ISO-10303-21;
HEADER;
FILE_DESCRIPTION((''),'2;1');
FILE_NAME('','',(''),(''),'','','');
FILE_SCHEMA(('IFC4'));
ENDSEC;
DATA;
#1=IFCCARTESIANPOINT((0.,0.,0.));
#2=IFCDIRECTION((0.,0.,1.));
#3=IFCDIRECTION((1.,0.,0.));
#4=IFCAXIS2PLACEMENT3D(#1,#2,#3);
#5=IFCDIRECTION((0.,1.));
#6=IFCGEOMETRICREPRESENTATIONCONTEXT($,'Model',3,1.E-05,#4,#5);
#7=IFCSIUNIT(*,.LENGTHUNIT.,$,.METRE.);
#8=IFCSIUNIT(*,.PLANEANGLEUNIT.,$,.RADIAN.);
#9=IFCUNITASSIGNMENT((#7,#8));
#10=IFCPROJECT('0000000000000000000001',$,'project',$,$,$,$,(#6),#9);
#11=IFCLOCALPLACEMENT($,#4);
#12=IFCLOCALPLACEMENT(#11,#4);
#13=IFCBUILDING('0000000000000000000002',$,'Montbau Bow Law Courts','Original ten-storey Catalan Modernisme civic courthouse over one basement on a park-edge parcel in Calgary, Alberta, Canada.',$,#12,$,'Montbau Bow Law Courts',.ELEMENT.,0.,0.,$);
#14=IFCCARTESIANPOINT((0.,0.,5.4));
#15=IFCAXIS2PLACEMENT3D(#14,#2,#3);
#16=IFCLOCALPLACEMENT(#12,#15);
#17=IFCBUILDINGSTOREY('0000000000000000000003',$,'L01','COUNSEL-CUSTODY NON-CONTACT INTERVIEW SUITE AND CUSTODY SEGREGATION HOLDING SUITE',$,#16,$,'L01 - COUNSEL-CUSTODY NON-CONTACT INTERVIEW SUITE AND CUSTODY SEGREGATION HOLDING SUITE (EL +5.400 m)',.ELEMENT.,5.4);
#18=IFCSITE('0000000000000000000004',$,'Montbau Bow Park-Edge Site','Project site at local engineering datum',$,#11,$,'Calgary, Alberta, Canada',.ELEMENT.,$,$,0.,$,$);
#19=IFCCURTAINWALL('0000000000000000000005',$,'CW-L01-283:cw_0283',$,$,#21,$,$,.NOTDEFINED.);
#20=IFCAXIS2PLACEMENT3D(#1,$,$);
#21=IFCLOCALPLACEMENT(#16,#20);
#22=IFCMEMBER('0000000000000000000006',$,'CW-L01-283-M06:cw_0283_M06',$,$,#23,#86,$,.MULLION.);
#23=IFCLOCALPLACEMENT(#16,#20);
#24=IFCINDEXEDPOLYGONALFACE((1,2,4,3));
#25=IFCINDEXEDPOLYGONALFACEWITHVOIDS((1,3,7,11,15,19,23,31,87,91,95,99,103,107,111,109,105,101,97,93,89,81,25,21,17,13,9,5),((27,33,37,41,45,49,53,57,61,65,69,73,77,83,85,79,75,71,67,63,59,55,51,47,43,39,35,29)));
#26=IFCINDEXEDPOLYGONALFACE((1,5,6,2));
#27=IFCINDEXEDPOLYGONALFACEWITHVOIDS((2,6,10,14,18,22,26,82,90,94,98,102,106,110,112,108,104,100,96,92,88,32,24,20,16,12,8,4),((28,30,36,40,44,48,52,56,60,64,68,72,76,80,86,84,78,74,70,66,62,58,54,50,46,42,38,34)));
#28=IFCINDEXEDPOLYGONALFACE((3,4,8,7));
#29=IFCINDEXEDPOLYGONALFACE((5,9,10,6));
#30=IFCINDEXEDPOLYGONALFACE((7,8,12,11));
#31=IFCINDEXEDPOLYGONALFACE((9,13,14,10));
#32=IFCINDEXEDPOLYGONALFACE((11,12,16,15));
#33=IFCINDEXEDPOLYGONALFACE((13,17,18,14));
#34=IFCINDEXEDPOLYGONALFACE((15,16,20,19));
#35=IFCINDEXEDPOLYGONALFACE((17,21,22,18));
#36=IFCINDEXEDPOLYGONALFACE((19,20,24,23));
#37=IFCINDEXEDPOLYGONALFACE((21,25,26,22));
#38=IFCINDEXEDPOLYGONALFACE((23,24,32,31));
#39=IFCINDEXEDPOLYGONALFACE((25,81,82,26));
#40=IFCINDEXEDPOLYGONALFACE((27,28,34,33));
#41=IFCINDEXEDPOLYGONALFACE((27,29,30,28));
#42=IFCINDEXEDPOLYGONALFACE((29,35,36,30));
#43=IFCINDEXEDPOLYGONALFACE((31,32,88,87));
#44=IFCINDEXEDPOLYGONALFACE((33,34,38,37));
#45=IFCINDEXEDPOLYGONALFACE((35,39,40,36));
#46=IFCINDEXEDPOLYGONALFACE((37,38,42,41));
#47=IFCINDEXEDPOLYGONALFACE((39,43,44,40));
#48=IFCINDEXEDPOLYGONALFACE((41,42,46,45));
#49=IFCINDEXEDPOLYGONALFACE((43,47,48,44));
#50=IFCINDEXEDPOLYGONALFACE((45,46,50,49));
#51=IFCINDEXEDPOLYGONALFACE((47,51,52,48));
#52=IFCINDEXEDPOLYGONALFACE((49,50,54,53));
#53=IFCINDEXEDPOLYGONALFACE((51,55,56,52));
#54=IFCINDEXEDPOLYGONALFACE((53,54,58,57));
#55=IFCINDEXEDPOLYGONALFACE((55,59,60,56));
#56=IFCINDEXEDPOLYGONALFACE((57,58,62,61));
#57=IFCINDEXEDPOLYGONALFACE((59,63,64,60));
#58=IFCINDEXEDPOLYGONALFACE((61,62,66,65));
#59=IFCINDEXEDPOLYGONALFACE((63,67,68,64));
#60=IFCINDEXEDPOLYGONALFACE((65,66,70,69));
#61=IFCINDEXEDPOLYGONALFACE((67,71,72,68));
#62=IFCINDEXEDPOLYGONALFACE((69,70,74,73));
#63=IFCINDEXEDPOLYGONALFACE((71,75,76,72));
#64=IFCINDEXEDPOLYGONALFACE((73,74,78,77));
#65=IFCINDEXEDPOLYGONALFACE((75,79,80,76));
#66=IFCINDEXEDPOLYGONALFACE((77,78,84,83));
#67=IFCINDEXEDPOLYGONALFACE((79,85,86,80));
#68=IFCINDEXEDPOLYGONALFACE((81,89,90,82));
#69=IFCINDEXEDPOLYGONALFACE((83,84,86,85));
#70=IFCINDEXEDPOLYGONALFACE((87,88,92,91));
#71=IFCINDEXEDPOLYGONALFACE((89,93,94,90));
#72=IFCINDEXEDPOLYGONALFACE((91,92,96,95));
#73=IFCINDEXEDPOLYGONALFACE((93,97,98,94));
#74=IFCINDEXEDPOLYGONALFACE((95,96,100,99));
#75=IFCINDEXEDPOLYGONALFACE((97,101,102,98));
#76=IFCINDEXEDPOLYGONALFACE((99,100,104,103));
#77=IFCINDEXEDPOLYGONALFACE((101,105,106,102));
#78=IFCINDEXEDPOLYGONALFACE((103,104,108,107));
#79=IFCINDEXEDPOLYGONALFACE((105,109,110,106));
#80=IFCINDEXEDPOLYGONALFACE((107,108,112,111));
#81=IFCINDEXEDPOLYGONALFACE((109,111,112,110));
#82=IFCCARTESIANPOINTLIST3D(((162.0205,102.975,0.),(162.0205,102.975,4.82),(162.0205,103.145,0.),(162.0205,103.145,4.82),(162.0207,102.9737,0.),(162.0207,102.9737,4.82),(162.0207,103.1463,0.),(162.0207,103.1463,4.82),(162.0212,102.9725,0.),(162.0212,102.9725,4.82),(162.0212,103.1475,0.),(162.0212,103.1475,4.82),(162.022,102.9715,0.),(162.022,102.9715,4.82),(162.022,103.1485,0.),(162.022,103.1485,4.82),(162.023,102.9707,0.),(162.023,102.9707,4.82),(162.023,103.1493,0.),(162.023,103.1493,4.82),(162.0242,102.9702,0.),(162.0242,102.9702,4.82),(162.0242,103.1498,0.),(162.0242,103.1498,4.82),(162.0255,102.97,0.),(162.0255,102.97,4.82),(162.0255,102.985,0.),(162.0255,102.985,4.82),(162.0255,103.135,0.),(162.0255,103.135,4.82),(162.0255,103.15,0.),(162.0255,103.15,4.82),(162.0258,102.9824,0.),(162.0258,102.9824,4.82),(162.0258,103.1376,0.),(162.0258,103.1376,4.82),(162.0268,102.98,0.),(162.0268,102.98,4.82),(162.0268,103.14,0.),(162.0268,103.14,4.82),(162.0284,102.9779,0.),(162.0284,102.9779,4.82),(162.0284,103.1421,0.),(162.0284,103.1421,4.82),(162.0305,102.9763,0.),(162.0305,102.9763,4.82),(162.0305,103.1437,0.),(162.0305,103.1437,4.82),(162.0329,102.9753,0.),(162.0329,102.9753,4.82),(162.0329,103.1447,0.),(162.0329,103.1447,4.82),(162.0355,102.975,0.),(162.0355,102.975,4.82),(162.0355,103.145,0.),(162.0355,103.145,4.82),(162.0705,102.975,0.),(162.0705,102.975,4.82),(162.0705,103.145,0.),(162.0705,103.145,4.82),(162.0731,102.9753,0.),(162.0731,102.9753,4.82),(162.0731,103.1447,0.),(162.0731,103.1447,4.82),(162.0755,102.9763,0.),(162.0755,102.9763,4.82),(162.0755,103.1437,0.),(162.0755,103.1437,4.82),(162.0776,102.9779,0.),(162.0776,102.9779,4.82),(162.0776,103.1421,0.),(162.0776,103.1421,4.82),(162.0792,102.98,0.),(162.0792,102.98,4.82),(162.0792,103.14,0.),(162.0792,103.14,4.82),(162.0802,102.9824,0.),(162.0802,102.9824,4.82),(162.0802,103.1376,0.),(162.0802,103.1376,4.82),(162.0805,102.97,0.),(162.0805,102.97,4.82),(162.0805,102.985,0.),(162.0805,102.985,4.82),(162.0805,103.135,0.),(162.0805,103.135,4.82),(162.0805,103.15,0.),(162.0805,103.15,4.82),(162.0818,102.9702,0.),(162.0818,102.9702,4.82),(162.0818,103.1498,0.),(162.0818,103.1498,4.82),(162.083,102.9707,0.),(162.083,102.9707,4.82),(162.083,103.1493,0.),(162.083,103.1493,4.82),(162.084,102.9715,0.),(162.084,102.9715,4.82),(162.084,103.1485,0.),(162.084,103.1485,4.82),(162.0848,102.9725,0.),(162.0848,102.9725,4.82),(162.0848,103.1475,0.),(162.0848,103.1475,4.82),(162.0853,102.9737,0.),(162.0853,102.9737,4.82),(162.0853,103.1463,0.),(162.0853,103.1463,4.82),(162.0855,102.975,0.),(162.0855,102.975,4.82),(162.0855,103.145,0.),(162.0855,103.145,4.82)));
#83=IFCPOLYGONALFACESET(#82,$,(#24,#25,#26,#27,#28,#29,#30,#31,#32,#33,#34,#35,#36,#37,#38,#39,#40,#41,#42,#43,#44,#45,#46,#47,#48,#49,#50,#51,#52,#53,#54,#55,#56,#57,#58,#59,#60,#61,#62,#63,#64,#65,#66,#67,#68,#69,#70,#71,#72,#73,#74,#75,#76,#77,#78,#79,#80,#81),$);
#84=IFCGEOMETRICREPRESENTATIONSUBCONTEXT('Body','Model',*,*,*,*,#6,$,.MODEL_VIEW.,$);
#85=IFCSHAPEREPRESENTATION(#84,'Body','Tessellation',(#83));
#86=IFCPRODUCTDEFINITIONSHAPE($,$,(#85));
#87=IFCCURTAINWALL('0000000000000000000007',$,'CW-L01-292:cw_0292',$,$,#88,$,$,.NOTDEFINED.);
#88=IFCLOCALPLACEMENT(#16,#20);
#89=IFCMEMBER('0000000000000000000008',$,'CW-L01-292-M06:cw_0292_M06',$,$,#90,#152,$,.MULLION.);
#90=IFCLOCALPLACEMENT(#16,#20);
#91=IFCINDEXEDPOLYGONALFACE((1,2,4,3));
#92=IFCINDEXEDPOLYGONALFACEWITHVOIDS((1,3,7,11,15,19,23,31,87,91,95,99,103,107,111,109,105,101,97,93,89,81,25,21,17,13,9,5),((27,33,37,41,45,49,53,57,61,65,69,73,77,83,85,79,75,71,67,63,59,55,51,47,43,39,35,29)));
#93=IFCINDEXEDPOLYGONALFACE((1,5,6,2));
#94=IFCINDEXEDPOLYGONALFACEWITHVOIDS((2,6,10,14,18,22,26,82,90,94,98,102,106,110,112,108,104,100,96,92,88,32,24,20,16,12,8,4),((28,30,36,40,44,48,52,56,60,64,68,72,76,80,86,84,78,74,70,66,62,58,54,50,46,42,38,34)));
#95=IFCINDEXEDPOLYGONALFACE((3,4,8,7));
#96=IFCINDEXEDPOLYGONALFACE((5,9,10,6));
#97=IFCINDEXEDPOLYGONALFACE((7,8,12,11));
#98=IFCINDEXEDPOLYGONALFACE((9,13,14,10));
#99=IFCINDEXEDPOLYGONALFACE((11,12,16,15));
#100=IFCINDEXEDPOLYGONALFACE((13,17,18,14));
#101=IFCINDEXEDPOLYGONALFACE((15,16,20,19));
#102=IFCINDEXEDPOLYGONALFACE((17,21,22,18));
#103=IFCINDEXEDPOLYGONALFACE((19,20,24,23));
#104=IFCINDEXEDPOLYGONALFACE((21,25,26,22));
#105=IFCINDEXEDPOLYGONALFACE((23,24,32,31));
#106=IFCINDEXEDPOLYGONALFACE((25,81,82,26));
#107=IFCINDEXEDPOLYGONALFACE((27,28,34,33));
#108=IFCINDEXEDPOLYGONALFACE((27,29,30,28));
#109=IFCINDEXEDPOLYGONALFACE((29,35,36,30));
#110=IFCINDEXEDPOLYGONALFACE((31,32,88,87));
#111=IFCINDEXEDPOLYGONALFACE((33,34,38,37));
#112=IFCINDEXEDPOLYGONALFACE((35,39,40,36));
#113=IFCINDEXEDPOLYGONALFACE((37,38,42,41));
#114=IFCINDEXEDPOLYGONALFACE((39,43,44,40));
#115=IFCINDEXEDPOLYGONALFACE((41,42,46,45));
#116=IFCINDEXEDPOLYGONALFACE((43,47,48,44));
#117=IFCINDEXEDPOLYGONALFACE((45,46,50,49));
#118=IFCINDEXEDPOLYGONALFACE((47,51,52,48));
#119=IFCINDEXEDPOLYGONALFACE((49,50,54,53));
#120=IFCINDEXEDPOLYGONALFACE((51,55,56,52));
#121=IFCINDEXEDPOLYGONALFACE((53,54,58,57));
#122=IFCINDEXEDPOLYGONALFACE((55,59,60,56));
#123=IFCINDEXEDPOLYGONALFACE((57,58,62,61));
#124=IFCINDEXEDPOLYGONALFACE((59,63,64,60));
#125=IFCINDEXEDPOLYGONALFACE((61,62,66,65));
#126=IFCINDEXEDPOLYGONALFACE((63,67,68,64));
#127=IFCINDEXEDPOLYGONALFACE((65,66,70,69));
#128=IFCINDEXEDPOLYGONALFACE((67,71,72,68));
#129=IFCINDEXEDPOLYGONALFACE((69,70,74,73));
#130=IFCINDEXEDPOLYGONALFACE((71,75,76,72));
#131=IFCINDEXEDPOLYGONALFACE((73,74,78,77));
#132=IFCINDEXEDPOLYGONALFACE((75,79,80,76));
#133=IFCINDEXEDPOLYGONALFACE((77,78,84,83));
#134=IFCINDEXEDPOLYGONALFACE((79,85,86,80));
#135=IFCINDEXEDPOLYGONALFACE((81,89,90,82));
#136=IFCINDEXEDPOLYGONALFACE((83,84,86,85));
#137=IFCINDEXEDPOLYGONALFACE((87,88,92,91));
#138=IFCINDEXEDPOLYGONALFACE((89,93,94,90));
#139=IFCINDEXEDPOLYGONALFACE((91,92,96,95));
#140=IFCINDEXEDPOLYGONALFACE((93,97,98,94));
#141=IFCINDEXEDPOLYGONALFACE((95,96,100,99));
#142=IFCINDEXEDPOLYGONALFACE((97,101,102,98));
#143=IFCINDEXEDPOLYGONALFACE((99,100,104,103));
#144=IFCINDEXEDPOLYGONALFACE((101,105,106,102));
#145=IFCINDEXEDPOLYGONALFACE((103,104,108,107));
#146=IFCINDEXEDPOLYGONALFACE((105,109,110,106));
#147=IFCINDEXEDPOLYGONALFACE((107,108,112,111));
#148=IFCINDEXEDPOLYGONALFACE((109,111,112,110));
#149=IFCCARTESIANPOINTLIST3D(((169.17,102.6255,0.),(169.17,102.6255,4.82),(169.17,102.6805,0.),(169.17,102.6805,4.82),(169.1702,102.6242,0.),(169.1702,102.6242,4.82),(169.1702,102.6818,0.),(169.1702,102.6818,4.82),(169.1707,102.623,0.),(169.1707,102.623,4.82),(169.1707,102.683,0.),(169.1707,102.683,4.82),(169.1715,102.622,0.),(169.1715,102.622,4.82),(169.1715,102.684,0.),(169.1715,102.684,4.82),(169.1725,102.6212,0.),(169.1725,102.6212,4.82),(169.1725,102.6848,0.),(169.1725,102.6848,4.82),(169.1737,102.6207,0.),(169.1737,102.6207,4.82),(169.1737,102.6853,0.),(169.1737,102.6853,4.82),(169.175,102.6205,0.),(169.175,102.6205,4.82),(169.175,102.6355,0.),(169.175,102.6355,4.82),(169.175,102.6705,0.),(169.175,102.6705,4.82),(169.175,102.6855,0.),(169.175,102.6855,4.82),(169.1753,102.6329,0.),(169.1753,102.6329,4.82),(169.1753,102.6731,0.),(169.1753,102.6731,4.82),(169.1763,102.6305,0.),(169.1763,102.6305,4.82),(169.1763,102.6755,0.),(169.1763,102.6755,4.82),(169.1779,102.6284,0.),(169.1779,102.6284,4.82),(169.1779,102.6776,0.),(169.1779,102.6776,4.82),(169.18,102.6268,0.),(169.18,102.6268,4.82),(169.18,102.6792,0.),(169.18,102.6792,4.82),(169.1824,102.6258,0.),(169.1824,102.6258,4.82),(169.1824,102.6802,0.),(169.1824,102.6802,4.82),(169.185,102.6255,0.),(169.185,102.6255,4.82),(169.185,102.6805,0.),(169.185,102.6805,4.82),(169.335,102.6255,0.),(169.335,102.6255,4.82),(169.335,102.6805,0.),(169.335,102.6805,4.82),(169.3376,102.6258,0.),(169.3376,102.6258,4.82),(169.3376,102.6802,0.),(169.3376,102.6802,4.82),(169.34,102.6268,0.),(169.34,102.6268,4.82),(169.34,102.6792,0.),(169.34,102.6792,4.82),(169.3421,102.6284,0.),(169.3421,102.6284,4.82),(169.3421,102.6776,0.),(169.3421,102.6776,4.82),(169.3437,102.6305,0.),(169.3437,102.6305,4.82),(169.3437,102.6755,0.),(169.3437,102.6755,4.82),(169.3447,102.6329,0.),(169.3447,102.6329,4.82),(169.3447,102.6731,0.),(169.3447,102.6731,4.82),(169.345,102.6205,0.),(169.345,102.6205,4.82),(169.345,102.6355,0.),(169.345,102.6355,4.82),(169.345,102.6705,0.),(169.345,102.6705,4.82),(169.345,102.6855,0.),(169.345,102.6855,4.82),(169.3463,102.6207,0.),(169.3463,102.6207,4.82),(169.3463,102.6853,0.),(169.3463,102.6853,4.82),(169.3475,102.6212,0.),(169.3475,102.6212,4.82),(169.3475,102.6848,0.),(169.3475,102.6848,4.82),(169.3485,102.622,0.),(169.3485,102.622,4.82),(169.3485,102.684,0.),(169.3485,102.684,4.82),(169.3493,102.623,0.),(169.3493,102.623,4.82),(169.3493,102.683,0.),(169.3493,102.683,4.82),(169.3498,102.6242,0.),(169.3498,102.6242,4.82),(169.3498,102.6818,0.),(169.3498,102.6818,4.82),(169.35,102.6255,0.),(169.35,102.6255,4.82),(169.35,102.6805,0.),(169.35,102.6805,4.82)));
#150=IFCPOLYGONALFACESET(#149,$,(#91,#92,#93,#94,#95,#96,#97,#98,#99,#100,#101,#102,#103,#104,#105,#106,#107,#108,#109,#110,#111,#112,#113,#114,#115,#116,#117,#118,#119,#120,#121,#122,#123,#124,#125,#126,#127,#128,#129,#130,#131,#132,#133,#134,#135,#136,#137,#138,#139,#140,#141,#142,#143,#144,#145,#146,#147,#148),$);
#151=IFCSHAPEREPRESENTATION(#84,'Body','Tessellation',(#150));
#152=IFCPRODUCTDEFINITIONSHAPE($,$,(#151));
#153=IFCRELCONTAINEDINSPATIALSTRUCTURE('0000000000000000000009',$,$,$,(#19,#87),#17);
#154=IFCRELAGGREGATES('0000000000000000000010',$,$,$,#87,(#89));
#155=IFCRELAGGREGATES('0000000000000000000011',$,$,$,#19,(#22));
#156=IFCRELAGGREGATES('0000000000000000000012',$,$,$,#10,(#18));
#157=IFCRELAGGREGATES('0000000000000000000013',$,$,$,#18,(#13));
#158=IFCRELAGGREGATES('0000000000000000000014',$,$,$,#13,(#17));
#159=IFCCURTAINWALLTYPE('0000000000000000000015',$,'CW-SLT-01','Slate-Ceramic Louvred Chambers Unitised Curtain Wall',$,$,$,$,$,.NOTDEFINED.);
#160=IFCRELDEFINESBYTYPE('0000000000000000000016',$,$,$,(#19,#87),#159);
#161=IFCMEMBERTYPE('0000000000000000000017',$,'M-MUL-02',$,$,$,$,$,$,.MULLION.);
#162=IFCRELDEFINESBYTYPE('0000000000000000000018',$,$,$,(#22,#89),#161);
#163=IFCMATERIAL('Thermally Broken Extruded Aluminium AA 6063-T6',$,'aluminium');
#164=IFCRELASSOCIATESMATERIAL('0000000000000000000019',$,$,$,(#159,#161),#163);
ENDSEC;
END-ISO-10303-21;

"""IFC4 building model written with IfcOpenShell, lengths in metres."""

from ifc_helpers import new_model, si_unit, direction, frame, origin_with_axes, origin_2d_with_axis, place, context, subcontext, project, spatial, hollow_rectangle, extrude, material, material_profile, profile_set, type_object, element, aggregate, save


model = new_model("IFC4")

# Units and contexts
model_context = context("Model", 3, precision=1e-05, world=origin_with_axes(), true_north=direction((0.0, 1.0)))
body_context = subcontext(model_context, "Body", "Model", "MODEL_VIEW")
ifc_project = project(units=[si_unit("LENGTHUNIT", "METRE"), si_unit("PLANEANGLEUNIT", "RADIAN")], contexts=[model_context])

# Site, building, storey
site_placement = place(None, origin_with_axes())
site = spatial("IfcSite", under=ifc_project, at=site_placement, Name="Montbau Bow Park-Edge Site", Description="Project site at local engineering datum", LongName="Calgary, Alberta, Canada", CompositionType="ELEMENT", RefElevation=0.0)
building_placement = place(site_placement, origin_with_axes())
building = spatial("IfcBuilding", under=site, at=building_placement, Name="Montbau Bow Law Courts", Description="Original ten-storey Catalan Modernisme civic courthouse over one basement on a park-edge parcel in Calgary, Alberta, Canada.", LongName="Montbau Bow Law Courts", CompositionType="ELEMENT", ElevationOfRefHeight=0.0, ElevationOfTerrain=0.0)
storey_placement = place(building_placement, frame((0.0, 0.0, 5.4), z_axis=(0.0, 0.0, 1.0), x_axis=(1.0, 0.0, 0.0)))
storey = spatial("IfcBuildingStorey", under=building, at=storey_placement, Name="L01", Description="COUNSEL-CUSTODY NON-CONTACT INTERVIEW SUITE AND CUSTODY SEGREGATION HOLDING SUITE", LongName="L01 - COUNSEL-CUSTODY NON-CONTACT INTERVIEW SUITE AND CUSTODY SEGREGATION HOLDING SUITE (EL +5.400 m)", CompositionType="ELEMENT", Elevation=5.4)

# Curtain walls, members
ifc_material_1 = material(Name="Thermally Broken Extruded Aluminium AA 6063-T6", Category="aluminium")
curtain_wall_type = type_object("IfcCurtainWallType", Name="CW-SLT-01", Description="Slate-Ceramic Louvred Chambers Unitised Curtain Wall", PredefinedType="NOTDEFINED", material=ifc_material_1)
curtain_wall_1_placement = place(None, frame((155.315, 103.06, 5.4), z_axis=(0.0, 0.0, 1.0), x_axis=(1.0, 0.0, 0.0)))
curtain_wall_1 = element("IfcCurtainWall", 1, at=curtain_wall_1_placement, inside=storey, type_object=curtain_wall_type, Name="CW-L01-283:cw_0283", PredefinedType="NOTDEFINED")
ifc_material_profile_1 = material_profile(ifc_material_1, hollow_rectangle(XDim=0.065, YDim=0.18, WallThickness=0.005, InnerFilletRadius=0.01, OuterFilletRadius=0.005, at=origin_2d_with_axis()), Name="CWM-180X65", Category="Main", Priority=0)
ifc_profile_set_1 = profile_set([ifc_material_profile_1], Name="Thermally Broken Extruded Aluminium AA 6063-T6")
member_type_1 = type_object("IfcMemberType", Name="M-MUL-02", PredefinedType="MULLION", material=ifc_profile_set_1)
member_1_placement = place(None, frame((162.053, 103.06, 5.4), z_axis=(0.0, 0.0, 1.0), x_axis=(1.0, 0.0, 0.0)))
member_1 = element("IfcMember", 2, at=member_1_placement, type_object=member_type_1, Name="CW-L01-283-M06:cw_0283_M06", PredefinedType="MULLION", context=body_context, shape_type="SweptSolid", body=[
    extrude(hollow_rectangle(XDim=0.065, YDim=0.18, WallThickness=0.005, InnerFilletRadius=0.01, OuterFilletRadius=0.005, at=origin_2d_with_axis()), origin_with_axes(), (0.0, 0.0, 1.0), 4.82),
])
curtain_wall_2_placement = place(None, frame((169.26, 95.315, 5.4), z_axis=(0.0, 0.0, 1.0), x_axis=(1.0, 0.0, 0.0)))
curtain_wall_2 = element("IfcCurtainWall", 3, at=curtain_wall_2_placement, inside=storey, type_object=curtain_wall_type, Name="CW-L01-292:cw_0292", PredefinedType="NOTDEFINED")
member_2_placement = place(None, frame((169.26, 102.653, 5.4), z_axis=(0.0, 0.0, 1.0), x_axis=(0.0, 1.0, 0.0)))
member_2 = element("IfcMember", 4, at=member_2_placement, type_object=member_type_1, Name="CW-L01-292-M06:cw_0292_M06", PredefinedType="MULLION", context=body_context, shape_type="SweptSolid", body=[
    extrude(hollow_rectangle(XDim=0.065, YDim=0.18, WallThickness=0.005, InnerFilletRadius=0.01, OuterFilletRadius=0.005, at=origin_2d_with_axis()), origin_with_axes(), (0.0, 0.0, 1.0), 4.82),
])
aggregate(curtain_wall_2, [member_2])

aggregate(curtain_wall_1, [member_1])

save(model, "model.ifc")
